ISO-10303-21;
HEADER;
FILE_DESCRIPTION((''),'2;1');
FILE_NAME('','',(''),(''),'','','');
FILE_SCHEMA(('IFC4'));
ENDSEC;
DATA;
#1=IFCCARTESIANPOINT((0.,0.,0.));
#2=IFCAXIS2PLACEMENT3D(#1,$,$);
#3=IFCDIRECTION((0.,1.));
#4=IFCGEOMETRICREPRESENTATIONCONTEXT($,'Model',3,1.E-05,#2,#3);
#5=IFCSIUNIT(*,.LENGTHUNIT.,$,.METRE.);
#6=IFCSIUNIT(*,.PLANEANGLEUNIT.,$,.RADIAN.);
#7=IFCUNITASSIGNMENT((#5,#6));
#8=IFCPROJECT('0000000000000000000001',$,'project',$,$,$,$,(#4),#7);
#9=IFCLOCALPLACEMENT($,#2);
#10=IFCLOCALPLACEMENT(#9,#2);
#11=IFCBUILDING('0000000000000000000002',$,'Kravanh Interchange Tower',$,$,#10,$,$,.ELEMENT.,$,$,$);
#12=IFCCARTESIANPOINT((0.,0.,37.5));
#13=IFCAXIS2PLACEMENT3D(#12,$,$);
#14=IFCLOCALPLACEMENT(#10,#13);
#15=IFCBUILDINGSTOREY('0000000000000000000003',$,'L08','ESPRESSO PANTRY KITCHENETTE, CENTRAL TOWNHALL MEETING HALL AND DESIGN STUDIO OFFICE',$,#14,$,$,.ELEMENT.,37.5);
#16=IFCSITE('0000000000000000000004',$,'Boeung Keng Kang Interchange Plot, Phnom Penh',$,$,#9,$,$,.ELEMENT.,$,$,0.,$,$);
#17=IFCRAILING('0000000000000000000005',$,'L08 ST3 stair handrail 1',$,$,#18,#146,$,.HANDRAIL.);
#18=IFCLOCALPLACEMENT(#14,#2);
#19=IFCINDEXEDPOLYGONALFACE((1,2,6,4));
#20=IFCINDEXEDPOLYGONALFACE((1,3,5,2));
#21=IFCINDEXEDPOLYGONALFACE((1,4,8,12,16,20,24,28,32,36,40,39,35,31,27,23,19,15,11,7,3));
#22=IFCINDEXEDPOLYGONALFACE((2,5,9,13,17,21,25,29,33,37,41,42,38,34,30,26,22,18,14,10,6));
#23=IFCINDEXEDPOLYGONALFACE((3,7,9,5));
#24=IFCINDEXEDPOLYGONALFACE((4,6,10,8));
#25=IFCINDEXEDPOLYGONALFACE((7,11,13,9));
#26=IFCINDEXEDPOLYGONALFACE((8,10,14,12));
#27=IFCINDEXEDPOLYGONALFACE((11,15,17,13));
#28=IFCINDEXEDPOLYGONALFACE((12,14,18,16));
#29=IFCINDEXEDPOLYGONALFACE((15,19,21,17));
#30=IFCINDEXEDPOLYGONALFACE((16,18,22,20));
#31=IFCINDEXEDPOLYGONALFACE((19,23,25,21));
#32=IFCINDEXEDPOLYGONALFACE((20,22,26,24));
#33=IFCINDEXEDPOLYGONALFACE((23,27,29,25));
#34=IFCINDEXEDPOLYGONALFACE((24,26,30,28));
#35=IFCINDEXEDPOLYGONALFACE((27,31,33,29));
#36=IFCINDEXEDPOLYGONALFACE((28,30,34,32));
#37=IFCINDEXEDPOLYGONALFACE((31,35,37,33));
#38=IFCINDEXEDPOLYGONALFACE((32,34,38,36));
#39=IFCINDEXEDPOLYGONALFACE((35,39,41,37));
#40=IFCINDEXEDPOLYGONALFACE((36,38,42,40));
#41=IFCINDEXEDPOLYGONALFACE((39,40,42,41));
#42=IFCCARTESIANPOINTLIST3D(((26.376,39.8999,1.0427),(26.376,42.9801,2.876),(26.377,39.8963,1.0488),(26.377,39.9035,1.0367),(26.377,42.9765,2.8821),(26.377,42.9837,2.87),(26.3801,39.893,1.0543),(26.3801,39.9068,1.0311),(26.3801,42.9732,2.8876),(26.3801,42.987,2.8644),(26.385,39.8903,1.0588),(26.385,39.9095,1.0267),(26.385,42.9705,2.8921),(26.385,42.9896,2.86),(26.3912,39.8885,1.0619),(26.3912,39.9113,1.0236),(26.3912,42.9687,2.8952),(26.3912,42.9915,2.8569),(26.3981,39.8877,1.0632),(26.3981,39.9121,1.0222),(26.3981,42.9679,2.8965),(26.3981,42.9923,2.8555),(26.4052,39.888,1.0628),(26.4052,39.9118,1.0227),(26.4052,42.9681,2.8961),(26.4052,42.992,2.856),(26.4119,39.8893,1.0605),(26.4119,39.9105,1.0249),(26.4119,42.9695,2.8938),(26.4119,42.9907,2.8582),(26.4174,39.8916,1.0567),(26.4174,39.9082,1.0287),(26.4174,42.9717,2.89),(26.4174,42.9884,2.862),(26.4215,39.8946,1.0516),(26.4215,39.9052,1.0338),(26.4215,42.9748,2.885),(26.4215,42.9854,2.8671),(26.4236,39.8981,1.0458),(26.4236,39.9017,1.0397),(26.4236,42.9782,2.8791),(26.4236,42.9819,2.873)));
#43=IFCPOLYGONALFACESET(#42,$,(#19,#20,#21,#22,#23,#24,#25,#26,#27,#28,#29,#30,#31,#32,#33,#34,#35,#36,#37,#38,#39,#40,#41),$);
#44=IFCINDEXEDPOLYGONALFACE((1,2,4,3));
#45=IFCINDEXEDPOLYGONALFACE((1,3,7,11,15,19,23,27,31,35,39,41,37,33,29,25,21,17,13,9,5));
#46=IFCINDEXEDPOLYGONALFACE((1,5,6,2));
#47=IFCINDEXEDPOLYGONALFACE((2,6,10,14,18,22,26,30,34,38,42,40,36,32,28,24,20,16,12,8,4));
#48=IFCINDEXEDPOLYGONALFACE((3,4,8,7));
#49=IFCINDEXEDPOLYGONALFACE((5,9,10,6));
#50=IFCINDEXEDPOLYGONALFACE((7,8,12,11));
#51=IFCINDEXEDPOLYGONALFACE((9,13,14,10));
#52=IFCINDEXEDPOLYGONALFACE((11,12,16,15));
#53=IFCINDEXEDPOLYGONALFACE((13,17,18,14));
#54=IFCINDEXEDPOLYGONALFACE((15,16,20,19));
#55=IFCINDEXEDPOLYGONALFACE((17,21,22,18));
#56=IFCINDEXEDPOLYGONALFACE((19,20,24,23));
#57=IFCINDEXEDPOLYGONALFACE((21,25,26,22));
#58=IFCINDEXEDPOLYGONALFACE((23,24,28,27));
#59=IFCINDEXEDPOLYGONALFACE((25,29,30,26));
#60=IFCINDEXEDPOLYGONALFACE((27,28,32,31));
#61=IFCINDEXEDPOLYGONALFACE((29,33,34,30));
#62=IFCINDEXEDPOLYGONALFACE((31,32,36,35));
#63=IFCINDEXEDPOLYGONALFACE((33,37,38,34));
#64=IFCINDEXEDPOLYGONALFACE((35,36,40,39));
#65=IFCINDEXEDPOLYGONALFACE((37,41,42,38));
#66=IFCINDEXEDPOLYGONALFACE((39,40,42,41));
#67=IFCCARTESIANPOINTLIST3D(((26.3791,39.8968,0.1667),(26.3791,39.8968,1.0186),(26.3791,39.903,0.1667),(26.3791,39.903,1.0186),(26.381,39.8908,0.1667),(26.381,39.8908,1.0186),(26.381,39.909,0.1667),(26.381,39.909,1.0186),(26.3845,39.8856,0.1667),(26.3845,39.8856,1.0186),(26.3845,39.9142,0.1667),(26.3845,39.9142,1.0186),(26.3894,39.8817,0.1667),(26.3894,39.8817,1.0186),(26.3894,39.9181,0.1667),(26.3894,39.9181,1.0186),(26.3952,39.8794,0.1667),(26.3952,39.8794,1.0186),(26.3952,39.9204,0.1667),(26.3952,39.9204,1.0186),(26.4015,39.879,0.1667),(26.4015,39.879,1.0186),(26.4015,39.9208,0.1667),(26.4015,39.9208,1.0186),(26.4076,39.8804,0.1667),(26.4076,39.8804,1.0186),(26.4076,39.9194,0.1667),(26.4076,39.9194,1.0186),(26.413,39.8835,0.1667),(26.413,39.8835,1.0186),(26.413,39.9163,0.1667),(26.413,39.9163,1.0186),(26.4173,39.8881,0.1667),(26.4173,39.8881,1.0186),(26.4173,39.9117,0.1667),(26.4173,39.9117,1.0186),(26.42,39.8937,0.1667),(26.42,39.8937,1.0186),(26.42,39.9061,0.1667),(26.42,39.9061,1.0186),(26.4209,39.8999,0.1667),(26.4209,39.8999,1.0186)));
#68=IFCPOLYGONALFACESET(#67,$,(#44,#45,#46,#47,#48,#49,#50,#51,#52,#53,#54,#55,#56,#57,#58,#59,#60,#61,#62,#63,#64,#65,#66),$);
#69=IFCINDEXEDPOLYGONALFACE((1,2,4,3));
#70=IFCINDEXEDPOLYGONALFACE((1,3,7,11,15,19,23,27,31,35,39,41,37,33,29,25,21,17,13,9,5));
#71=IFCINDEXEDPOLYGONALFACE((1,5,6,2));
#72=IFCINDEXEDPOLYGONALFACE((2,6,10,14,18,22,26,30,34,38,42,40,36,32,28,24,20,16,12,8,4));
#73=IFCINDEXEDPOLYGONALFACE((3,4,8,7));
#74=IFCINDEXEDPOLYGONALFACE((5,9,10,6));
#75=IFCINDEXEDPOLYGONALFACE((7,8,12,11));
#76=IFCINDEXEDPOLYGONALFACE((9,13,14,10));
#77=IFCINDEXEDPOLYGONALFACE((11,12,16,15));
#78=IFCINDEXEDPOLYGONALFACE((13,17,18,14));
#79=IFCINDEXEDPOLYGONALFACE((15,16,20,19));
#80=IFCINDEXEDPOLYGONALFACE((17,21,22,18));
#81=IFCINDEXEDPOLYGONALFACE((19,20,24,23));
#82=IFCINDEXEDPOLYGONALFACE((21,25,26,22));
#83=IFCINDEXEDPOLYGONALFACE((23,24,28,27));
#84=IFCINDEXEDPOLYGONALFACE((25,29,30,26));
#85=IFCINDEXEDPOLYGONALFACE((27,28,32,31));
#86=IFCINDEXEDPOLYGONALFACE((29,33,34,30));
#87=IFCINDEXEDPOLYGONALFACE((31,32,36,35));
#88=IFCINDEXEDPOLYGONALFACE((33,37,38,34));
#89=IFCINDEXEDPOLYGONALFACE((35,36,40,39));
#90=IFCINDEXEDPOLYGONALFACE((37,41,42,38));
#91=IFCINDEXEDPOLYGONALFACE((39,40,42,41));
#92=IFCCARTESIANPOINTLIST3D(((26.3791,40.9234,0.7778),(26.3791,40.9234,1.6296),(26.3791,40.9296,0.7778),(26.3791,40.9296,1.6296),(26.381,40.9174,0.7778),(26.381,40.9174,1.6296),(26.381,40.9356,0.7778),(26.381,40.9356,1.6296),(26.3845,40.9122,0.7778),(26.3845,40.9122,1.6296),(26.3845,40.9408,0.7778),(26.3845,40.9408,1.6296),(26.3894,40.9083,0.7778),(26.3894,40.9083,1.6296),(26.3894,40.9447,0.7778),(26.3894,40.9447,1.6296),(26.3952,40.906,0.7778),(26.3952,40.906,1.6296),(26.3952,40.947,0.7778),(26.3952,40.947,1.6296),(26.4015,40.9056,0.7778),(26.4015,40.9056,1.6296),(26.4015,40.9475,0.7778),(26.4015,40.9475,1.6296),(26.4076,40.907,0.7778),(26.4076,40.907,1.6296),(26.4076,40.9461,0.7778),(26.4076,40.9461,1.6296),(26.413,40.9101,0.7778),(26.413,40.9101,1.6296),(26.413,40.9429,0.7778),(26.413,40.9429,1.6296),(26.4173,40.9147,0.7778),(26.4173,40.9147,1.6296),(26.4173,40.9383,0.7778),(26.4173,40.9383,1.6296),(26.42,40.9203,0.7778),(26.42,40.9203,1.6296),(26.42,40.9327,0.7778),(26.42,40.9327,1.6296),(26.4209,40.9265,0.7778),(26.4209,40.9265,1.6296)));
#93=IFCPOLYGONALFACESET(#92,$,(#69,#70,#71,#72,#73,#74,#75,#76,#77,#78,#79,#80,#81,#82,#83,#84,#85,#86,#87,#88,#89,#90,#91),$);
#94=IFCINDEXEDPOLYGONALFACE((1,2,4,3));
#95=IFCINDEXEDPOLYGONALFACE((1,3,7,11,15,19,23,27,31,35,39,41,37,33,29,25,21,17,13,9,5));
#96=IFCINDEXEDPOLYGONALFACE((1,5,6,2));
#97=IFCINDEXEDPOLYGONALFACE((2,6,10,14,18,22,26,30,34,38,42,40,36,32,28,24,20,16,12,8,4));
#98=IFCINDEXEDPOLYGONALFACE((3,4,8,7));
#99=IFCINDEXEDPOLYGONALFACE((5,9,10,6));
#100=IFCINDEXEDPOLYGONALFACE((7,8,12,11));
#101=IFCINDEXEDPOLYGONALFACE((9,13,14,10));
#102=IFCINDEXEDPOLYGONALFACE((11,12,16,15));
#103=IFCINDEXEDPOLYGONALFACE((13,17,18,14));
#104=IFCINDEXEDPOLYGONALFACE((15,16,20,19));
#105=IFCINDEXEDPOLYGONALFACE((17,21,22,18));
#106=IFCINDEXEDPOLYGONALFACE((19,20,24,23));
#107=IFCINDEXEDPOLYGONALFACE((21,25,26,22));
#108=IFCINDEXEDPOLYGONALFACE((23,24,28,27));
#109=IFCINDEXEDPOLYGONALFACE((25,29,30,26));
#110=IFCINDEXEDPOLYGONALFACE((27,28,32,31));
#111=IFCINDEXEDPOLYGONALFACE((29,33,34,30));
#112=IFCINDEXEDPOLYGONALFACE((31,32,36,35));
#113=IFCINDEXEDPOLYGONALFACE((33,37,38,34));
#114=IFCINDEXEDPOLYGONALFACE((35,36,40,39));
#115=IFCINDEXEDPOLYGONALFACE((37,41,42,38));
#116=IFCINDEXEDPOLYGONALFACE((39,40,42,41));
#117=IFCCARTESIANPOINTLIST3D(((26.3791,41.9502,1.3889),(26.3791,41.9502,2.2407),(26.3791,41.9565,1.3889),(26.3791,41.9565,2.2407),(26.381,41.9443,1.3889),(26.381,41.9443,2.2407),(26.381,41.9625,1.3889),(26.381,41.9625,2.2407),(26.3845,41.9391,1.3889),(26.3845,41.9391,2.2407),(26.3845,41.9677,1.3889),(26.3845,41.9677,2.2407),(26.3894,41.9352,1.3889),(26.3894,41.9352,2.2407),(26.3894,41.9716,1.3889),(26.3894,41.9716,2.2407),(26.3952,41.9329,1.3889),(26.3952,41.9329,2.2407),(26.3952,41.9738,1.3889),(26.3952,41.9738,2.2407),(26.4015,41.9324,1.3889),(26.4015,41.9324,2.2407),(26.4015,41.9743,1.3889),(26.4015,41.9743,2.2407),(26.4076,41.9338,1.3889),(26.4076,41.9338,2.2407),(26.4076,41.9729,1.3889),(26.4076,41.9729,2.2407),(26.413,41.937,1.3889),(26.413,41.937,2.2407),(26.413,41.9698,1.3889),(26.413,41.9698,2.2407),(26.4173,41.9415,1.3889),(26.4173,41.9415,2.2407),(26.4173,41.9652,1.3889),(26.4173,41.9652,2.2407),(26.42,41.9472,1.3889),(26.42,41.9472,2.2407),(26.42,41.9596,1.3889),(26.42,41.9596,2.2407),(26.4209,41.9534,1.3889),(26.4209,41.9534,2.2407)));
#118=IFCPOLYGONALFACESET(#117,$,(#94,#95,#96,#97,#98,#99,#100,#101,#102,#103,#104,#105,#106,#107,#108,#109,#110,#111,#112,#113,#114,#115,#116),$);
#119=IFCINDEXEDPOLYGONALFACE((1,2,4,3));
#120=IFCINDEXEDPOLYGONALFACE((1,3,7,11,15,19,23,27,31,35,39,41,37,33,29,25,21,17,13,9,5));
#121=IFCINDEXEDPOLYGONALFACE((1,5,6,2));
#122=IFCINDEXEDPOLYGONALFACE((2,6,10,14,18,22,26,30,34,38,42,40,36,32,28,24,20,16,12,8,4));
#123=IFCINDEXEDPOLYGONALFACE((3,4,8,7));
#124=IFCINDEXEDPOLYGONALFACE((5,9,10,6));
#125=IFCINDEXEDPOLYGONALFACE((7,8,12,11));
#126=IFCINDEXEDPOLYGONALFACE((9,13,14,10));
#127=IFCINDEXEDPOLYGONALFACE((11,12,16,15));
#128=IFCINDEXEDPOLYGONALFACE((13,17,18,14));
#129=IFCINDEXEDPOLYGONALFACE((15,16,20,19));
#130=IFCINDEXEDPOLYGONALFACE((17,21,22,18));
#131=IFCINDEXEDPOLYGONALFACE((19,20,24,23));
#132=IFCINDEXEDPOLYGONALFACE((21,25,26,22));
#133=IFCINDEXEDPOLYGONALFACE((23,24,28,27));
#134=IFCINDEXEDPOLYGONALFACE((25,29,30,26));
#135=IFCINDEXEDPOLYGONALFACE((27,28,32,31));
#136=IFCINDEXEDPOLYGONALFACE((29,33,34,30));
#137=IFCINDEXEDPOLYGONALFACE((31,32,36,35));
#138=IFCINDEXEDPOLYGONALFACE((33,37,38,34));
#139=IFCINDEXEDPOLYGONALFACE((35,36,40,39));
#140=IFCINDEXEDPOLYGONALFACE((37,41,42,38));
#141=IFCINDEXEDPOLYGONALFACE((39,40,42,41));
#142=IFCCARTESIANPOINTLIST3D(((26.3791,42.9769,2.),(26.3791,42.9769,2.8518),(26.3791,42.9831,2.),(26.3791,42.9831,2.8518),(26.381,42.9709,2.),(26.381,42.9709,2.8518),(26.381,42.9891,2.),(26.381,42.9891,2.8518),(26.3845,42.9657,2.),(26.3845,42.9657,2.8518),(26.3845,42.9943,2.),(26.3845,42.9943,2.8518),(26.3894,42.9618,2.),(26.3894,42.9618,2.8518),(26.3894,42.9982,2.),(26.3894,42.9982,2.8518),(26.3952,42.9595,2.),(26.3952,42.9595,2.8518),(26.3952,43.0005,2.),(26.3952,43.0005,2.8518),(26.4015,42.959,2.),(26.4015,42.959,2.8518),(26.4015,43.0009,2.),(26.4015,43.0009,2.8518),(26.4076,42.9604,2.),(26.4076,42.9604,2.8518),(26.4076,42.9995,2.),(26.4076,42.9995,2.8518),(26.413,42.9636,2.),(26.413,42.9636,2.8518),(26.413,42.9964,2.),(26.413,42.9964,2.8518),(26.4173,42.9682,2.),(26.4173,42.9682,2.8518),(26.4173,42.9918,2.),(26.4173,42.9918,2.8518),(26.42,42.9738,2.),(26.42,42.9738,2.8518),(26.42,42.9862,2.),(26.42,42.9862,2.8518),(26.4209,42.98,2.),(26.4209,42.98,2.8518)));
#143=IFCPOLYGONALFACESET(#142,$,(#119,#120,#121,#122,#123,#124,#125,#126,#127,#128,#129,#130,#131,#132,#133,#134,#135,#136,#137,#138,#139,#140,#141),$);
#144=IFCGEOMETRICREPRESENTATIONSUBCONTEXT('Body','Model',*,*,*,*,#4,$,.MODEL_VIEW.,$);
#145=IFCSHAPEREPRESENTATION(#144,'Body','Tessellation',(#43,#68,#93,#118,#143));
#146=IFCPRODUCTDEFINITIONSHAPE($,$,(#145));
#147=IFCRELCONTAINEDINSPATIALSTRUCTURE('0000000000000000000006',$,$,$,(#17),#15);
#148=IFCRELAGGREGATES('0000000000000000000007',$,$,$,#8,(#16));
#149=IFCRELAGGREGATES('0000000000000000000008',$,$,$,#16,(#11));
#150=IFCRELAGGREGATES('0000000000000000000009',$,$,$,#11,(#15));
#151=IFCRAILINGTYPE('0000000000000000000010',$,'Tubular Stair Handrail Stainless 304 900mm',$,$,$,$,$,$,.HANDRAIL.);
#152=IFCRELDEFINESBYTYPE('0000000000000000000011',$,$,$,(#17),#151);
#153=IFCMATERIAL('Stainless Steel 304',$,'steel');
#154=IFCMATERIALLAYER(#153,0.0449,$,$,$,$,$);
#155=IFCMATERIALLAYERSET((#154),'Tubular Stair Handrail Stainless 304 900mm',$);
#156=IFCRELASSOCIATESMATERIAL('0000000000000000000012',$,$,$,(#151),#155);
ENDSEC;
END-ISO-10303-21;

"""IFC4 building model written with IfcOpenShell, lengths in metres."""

from ifc_helpers import new_model, si_unit, direction, frame, origin, origin_2d, place, context, subcontext, project, spatial, circle, extrude, material, layer, layer_set, type_object, element, save


model = new_model("IFC4")

# Units and contexts
model_context = context("Model", 3, precision=1e-05, world=origin(), true_north=direction((0.0, 1.0)))
body_context = subcontext(model_context, "Body", "Model", "MODEL_VIEW")
ifc_project = project(units=[si_unit("LENGTHUNIT", "METRE"), si_unit("PLANEANGLEUNIT", "RADIAN")], contexts=[model_context])

# Site, building, storey
site_placement = place(None, origin())
site = spatial("IfcSite", under=ifc_project, at=site_placement, Name="Boeung Keng Kang Interchange Plot, Phnom Penh", CompositionType="ELEMENT", RefElevation=0.0)
building_placement = place(site_placement, origin())
building = spatial("IfcBuilding", under=site, at=building_placement, Name="Kravanh Interchange Tower", CompositionType="ELEMENT")
storey_placement = place(building_placement, frame((0.0, 0.0, 37.5)))
storey = spatial("IfcBuildingStorey", under=building, at=storey_placement, Name="L08", Description="ESPRESSO PANTRY KITCHENETTE, CENTRAL TOWNHALL MEETING HALL AND DESIGN STUDIO OFFICE", CompositionType="ELEMENT", Elevation=37.5)

# Railing
ifc_material_1 = material(Name="Stainless Steel 304", Category="steel")
ifc_layer_1 = layer(ifc_material_1, 0.0449)
ifc_layer_set_1 = layer_set([ifc_layer_1], Name="Tubular Stair Handrail Stainless 304 900mm")
railing_type_1 = type_object("IfcRailingType", Name="Tubular Stair Handrail Stainless 304 900mm", PredefinedType="HANDRAIL", material=ifc_layer_set_1)
railing_1_placement = place(storey_placement, frame((26.3999, 39.8999, 0.1667)))
element("IfcRailing", 1, at=railing_1_placement, inside=storey, type_object=railing_type_1, Name="L08 ST3 stair handrail 1", PredefinedType="HANDRAIL", context=body_context, shape_type="SweptSolid", body=[
    extrude(circle(Radius=0.0239, at=origin_2d()), frame((0.0, 0.0, 0.876), z_axis=(0.0, 0.859309, 0.511458), x_axis=(-1.0, 0.0, 0.0)), (0.0, 0.0, 1.0), 3.5845),
    extrude(circle(Radius=0.021, at=origin_2d()), origin(), (0.0, 0.0, 1.0), 0.8518),
    extrude(circle(Radius=0.021, at=origin_2d()), frame((0.0, 1.0266, 0.6111)), (0.0, 0.0, 1.0), 0.8518),
    extrude(circle(Radius=0.021, at=origin_2d()), frame((0.0, 2.0535, 1.2222)), (0.0, 0.0, 1.0), 0.8518),
    extrude(circle(Radius=0.021, at=origin_2d()), frame((0.0, 3.0801, 1.8333)), (0.0, 0.0, 1.0), 0.8518),
])

save(model, "model.ifc")
